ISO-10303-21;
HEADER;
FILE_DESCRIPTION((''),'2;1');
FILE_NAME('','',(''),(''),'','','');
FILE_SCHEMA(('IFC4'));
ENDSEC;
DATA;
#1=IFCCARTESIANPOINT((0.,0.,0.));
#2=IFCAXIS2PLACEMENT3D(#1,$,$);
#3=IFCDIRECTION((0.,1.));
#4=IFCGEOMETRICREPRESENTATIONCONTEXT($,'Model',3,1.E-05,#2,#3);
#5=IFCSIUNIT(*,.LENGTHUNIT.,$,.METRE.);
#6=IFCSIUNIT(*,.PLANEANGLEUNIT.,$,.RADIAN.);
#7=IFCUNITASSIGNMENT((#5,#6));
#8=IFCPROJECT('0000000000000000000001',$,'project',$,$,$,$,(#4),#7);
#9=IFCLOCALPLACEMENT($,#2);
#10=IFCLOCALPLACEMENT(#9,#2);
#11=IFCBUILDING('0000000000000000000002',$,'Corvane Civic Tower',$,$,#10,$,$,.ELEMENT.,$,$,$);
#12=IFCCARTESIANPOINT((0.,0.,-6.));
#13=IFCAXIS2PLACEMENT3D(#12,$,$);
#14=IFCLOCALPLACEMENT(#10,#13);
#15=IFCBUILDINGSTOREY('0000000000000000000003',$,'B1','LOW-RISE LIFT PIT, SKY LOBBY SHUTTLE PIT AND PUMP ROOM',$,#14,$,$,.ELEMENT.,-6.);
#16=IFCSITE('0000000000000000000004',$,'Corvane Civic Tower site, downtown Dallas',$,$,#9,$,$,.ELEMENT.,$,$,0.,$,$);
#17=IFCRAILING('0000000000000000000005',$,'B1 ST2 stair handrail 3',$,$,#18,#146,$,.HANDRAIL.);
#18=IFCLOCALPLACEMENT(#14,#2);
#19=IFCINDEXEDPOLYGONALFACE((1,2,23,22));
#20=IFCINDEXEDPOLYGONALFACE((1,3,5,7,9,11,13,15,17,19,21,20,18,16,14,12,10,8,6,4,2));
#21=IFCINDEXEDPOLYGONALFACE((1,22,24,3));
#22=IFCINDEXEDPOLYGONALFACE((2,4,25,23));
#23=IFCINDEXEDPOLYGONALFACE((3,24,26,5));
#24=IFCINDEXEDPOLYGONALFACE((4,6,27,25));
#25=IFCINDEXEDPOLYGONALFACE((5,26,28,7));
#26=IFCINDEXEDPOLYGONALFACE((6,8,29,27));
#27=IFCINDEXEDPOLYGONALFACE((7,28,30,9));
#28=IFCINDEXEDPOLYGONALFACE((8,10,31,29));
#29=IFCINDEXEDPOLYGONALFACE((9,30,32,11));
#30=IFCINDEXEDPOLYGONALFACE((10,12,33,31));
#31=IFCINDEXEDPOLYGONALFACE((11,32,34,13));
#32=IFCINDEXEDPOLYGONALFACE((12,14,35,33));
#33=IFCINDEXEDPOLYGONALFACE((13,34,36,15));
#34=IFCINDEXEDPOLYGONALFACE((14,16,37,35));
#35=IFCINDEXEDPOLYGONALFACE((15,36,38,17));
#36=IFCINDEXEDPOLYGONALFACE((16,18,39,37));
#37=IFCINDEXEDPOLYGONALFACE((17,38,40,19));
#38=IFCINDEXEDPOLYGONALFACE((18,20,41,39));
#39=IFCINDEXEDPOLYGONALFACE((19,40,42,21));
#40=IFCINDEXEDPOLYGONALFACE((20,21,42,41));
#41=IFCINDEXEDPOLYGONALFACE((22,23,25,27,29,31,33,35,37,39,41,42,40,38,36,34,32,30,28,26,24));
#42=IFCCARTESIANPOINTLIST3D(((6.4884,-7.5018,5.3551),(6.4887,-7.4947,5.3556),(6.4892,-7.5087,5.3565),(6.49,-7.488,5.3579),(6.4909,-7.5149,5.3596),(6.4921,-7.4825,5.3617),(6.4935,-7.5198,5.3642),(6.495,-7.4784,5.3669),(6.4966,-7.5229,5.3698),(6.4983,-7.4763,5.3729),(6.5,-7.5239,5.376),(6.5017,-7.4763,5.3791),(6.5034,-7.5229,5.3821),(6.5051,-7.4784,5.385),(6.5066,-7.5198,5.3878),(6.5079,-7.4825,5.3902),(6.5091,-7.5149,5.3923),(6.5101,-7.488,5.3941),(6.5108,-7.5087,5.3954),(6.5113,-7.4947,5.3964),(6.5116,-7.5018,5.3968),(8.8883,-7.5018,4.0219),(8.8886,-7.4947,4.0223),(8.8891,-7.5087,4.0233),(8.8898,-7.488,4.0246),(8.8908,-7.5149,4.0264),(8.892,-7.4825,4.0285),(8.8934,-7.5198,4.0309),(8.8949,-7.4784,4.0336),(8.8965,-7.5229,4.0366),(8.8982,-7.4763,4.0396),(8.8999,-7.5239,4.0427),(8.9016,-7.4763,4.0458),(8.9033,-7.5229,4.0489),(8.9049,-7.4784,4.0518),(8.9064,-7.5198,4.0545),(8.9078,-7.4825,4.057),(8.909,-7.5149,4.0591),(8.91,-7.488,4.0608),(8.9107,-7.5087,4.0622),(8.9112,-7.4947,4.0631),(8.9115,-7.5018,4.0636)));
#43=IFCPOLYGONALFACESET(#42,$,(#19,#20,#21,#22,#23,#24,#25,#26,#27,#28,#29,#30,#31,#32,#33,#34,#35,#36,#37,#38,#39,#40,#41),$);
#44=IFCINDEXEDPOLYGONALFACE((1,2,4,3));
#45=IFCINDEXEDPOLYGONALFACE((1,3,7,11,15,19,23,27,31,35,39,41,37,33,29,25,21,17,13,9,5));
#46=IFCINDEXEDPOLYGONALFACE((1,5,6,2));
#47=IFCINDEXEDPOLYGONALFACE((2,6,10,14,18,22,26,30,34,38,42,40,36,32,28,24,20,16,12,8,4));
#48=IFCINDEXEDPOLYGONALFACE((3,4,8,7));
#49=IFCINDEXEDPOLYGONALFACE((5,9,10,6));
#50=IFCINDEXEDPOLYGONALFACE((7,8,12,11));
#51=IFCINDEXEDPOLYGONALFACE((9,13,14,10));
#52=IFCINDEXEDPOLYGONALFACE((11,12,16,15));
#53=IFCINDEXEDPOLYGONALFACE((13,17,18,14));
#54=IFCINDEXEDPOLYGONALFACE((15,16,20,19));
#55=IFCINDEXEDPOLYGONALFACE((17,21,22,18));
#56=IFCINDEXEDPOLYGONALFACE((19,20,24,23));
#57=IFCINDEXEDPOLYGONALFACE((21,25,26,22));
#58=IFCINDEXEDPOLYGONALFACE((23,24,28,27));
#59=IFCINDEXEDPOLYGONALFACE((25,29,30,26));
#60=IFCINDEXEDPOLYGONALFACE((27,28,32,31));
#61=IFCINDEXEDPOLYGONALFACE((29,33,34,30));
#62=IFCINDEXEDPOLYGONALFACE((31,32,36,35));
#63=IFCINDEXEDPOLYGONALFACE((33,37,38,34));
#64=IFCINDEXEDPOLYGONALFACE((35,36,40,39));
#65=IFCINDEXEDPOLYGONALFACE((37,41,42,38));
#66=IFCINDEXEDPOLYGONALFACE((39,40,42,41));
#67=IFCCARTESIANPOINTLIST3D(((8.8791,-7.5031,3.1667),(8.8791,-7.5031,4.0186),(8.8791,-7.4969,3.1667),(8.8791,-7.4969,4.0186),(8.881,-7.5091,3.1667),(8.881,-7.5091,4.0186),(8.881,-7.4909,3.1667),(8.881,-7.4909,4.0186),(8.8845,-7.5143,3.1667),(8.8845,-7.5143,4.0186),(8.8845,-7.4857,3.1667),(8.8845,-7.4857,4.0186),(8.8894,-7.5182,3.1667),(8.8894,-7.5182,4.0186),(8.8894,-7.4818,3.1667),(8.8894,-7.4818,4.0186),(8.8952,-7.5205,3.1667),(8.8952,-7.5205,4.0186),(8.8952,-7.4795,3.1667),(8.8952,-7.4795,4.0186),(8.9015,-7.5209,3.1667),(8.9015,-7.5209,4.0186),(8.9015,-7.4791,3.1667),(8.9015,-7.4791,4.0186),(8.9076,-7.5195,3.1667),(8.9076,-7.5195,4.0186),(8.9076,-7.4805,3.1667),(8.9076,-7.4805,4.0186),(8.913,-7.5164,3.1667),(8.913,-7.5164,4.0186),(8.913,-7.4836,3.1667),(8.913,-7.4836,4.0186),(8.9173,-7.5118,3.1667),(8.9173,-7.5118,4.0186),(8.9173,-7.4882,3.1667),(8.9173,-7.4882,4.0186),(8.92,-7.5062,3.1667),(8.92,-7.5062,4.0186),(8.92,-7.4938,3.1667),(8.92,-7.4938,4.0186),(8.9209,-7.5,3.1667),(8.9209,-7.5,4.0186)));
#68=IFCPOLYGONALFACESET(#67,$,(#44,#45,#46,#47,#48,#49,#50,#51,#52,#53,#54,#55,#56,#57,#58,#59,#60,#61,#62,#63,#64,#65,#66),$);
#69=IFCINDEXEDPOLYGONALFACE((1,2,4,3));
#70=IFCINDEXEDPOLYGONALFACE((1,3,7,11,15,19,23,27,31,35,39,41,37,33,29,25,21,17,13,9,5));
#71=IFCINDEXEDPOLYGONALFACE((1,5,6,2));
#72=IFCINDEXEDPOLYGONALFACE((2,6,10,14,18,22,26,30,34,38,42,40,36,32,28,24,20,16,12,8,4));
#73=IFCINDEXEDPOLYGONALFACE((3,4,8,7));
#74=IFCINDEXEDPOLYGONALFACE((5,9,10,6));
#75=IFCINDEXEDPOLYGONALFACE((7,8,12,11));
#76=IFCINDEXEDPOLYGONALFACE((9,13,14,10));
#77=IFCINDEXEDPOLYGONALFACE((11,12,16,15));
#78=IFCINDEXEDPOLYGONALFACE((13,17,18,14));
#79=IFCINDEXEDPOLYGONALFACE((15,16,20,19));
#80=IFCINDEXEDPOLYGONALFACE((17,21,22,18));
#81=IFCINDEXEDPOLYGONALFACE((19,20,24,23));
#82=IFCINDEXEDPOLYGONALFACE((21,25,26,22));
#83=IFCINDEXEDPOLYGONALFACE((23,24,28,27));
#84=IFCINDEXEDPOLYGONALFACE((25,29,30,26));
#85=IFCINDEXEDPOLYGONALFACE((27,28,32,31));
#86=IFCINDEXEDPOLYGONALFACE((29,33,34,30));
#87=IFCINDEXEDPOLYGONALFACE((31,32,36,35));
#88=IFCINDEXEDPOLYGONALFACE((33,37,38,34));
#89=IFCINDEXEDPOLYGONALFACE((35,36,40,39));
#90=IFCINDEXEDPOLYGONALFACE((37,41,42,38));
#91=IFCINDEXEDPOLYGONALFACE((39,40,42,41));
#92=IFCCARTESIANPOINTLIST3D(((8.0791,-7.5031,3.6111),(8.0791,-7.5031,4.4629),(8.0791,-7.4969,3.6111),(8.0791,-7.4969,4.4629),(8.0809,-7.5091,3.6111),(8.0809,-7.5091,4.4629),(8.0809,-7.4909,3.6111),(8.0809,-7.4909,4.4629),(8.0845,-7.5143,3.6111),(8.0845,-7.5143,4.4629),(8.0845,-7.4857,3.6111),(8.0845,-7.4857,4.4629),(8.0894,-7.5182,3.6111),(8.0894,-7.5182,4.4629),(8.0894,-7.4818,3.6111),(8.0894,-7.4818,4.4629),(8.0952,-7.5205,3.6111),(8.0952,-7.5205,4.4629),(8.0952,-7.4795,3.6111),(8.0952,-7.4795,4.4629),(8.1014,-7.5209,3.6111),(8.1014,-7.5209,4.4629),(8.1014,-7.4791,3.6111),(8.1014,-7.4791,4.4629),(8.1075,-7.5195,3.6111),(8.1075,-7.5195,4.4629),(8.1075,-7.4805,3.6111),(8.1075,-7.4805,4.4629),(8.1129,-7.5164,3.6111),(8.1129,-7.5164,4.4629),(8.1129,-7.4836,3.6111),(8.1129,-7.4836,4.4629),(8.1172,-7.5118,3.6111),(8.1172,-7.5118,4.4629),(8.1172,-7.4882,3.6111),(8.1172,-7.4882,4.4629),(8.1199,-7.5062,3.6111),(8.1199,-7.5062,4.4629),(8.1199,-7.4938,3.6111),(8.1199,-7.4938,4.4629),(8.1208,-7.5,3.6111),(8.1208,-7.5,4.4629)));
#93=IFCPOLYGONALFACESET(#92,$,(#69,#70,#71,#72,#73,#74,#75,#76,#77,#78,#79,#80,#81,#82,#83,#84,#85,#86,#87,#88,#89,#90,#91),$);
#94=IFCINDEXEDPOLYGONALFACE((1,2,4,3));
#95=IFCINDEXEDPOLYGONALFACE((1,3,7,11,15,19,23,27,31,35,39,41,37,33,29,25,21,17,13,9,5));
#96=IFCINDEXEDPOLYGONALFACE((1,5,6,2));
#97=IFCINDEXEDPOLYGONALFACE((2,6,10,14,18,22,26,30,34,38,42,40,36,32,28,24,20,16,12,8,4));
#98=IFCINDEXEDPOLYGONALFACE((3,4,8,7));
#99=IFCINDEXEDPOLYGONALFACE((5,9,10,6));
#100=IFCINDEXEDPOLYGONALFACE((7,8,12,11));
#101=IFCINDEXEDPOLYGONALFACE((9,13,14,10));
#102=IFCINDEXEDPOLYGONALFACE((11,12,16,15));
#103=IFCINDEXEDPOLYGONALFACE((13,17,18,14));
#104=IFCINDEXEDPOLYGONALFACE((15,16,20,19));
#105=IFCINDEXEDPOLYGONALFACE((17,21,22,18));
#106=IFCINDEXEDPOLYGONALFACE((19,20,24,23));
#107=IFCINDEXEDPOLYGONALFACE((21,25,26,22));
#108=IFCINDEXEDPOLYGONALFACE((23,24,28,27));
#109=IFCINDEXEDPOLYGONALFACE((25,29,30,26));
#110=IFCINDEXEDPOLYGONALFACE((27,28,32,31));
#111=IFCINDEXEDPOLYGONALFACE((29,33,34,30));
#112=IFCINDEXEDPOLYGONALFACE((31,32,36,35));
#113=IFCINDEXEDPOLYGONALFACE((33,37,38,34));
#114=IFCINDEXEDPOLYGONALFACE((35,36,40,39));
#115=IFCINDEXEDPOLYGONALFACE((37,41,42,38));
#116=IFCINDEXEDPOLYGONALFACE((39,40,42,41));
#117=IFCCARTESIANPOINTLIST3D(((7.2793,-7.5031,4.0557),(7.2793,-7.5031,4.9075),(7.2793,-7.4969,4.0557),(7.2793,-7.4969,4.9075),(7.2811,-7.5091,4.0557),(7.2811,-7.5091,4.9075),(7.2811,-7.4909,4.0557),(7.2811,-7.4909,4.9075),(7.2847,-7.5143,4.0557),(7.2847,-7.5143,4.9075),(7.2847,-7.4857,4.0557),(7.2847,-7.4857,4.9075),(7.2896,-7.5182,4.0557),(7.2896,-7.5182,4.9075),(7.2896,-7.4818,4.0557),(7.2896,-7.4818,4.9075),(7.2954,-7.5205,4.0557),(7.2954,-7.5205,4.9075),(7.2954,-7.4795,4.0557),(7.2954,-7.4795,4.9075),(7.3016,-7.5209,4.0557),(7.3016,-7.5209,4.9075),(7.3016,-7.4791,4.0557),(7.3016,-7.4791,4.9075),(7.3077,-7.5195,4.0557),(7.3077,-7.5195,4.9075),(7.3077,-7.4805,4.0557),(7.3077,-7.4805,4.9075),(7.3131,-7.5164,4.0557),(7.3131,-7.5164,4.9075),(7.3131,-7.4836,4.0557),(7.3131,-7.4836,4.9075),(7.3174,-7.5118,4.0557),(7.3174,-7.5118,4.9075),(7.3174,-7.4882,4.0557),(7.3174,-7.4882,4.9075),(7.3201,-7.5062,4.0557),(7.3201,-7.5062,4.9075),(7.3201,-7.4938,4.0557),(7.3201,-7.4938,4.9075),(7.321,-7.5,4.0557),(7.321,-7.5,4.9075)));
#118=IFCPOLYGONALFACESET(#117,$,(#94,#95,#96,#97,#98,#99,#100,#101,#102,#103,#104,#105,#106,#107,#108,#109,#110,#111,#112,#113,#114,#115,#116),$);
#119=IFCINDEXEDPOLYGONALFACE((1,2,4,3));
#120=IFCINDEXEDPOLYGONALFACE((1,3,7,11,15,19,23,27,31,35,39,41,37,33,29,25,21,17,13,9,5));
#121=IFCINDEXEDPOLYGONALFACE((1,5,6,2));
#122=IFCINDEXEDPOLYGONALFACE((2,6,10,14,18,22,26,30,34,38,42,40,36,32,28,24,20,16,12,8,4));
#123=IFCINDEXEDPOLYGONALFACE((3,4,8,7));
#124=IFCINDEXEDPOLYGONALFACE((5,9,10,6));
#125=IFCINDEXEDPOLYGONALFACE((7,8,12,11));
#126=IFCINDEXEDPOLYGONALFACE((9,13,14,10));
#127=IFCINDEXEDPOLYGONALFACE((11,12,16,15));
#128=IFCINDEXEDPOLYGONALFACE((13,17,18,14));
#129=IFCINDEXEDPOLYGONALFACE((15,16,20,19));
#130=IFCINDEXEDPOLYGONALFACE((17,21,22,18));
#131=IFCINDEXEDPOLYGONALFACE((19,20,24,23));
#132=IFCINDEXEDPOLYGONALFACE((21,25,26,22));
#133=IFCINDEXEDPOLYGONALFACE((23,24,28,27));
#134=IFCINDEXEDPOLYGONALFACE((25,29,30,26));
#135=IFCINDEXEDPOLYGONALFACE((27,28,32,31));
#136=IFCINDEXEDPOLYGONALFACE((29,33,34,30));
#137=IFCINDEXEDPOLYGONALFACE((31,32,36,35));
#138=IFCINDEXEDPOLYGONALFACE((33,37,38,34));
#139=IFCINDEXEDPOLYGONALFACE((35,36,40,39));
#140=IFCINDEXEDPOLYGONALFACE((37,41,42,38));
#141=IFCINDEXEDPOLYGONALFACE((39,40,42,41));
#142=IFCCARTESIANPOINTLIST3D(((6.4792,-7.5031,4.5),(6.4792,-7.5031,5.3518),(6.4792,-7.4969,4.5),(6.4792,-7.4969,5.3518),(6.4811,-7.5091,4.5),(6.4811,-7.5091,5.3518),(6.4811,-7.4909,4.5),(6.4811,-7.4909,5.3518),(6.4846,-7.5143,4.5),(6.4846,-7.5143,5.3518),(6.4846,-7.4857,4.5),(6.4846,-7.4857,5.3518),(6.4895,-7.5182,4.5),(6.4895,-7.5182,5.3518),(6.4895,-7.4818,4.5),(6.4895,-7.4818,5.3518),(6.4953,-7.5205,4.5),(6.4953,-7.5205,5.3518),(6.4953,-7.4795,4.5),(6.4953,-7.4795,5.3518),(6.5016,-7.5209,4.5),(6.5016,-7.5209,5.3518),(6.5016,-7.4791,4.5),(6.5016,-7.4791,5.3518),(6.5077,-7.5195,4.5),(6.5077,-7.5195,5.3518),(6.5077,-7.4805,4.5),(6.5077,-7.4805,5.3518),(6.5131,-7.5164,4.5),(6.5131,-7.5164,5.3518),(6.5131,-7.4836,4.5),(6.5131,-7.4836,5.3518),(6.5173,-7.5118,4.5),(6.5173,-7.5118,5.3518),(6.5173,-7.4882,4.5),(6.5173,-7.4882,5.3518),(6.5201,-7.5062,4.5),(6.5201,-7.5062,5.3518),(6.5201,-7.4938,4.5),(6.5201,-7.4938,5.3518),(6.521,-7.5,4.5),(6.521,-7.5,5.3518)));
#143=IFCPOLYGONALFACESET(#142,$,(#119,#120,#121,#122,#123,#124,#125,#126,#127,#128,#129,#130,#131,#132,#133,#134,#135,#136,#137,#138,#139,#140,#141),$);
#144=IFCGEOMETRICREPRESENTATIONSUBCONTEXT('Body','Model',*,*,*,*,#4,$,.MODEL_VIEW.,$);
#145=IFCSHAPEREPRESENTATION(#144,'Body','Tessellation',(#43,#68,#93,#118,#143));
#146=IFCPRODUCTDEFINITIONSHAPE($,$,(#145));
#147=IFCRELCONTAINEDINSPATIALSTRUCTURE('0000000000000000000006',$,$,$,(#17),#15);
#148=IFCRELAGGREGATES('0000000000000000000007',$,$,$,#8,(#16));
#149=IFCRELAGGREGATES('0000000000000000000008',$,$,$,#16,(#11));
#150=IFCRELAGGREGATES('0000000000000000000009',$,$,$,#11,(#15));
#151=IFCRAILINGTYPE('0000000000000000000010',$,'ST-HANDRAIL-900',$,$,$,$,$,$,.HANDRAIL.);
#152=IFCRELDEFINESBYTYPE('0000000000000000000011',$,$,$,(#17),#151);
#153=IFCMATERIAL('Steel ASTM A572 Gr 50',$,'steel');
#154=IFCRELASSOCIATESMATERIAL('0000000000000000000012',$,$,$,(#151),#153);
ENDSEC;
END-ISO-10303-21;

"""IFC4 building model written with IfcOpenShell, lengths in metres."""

from ifc_helpers import new_model, si_unit, direction, frame, origin, origin_2d, place, context, subcontext, project, spatial, circle, extrude, material, type_object, element, save


model = new_model("IFC4")

# Units and contexts
model_context = context("Model", 3, precision=1e-05, world=origin(), true_north=direction((0.0, 1.0)))
body_context = subcontext(model_context, "Body", "Model", "MODEL_VIEW")
ifc_project = project(units=[si_unit("LENGTHUNIT", "METRE"), si_unit("PLANEANGLEUNIT", "RADIAN")], contexts=[model_context])

# Site, building, storey
site_placement = place(None, origin())
site = spatial("IfcSite", under=ifc_project, at=site_placement, Name="Corvane Civic Tower site, downtown Dallas", CompositionType="ELEMENT", RefElevation=0.0)
building_placement = place(site_placement, origin())
building = spatial("IfcBuilding", under=site, at=building_placement, Name="Corvane Civic Tower", CompositionType="ELEMENT")
storey_placement = place(building_placement, frame((0.0, 0.0, -6.0)))
storey = spatial("IfcBuildingStorey", under=building, at=storey_placement, Name="B1", Description="LOW-RISE LIFT PIT, SKY LOBBY SHUTTLE PIT AND PUMP ROOM", CompositionType="ELEMENT", Elevation=-6.0)

# Railing
ifc_material_1 = material(Name="Steel ASTM A572 Gr 50", Category="steel")
railing_type = type_object("IfcRailingType", Name="ST-HANDRAIL-900", PredefinedType="HANDRAIL", material=ifc_material_1)
for number, where, name in (
    (1, (8.8999, -7.5, 3.1667), "B1 ST2 stair handrail 3"),
):
    element("IfcRailing", number, at=place(storey_placement, frame(where)), inside=storey, type_object=railing_type, Name=name, PredefinedType="HANDRAIL", context=body_context, shape_type="SweptSolid", body=[
        extrude(circle(Radius=0.0239, at=origin_2d()), frame((0.0, 0.0, 0.876), z_axis=(-0.874161, 0.0, 0.485635), x_axis=(0.0, -1.0, 0.0)), (0.0, 0.0, 1.0), 2.7454),
        extrude(circle(Radius=0.021, at=origin_2d()), origin(), (0.0, 0.0, 1.0), 0.8518),
        extrude(circle(Radius=0.021, at=origin_2d()), frame((-0.8, 0.0, 0.4443)), (0.0, 0.0, 1.0), 0.8518),
        extrude(circle(Radius=0.021, at=origin_2d()), frame((-1.5999, 0.0, 0.8889)), (0.0, 0.0, 1.0), 0.8518),
        extrude(circle(Radius=0.021, at=origin_2d()), frame((-2.3999, 0.0, 1.3333)), (0.0, 0.0, 1.0), 0.8518),
    ])

save(model, "model.ifc")
